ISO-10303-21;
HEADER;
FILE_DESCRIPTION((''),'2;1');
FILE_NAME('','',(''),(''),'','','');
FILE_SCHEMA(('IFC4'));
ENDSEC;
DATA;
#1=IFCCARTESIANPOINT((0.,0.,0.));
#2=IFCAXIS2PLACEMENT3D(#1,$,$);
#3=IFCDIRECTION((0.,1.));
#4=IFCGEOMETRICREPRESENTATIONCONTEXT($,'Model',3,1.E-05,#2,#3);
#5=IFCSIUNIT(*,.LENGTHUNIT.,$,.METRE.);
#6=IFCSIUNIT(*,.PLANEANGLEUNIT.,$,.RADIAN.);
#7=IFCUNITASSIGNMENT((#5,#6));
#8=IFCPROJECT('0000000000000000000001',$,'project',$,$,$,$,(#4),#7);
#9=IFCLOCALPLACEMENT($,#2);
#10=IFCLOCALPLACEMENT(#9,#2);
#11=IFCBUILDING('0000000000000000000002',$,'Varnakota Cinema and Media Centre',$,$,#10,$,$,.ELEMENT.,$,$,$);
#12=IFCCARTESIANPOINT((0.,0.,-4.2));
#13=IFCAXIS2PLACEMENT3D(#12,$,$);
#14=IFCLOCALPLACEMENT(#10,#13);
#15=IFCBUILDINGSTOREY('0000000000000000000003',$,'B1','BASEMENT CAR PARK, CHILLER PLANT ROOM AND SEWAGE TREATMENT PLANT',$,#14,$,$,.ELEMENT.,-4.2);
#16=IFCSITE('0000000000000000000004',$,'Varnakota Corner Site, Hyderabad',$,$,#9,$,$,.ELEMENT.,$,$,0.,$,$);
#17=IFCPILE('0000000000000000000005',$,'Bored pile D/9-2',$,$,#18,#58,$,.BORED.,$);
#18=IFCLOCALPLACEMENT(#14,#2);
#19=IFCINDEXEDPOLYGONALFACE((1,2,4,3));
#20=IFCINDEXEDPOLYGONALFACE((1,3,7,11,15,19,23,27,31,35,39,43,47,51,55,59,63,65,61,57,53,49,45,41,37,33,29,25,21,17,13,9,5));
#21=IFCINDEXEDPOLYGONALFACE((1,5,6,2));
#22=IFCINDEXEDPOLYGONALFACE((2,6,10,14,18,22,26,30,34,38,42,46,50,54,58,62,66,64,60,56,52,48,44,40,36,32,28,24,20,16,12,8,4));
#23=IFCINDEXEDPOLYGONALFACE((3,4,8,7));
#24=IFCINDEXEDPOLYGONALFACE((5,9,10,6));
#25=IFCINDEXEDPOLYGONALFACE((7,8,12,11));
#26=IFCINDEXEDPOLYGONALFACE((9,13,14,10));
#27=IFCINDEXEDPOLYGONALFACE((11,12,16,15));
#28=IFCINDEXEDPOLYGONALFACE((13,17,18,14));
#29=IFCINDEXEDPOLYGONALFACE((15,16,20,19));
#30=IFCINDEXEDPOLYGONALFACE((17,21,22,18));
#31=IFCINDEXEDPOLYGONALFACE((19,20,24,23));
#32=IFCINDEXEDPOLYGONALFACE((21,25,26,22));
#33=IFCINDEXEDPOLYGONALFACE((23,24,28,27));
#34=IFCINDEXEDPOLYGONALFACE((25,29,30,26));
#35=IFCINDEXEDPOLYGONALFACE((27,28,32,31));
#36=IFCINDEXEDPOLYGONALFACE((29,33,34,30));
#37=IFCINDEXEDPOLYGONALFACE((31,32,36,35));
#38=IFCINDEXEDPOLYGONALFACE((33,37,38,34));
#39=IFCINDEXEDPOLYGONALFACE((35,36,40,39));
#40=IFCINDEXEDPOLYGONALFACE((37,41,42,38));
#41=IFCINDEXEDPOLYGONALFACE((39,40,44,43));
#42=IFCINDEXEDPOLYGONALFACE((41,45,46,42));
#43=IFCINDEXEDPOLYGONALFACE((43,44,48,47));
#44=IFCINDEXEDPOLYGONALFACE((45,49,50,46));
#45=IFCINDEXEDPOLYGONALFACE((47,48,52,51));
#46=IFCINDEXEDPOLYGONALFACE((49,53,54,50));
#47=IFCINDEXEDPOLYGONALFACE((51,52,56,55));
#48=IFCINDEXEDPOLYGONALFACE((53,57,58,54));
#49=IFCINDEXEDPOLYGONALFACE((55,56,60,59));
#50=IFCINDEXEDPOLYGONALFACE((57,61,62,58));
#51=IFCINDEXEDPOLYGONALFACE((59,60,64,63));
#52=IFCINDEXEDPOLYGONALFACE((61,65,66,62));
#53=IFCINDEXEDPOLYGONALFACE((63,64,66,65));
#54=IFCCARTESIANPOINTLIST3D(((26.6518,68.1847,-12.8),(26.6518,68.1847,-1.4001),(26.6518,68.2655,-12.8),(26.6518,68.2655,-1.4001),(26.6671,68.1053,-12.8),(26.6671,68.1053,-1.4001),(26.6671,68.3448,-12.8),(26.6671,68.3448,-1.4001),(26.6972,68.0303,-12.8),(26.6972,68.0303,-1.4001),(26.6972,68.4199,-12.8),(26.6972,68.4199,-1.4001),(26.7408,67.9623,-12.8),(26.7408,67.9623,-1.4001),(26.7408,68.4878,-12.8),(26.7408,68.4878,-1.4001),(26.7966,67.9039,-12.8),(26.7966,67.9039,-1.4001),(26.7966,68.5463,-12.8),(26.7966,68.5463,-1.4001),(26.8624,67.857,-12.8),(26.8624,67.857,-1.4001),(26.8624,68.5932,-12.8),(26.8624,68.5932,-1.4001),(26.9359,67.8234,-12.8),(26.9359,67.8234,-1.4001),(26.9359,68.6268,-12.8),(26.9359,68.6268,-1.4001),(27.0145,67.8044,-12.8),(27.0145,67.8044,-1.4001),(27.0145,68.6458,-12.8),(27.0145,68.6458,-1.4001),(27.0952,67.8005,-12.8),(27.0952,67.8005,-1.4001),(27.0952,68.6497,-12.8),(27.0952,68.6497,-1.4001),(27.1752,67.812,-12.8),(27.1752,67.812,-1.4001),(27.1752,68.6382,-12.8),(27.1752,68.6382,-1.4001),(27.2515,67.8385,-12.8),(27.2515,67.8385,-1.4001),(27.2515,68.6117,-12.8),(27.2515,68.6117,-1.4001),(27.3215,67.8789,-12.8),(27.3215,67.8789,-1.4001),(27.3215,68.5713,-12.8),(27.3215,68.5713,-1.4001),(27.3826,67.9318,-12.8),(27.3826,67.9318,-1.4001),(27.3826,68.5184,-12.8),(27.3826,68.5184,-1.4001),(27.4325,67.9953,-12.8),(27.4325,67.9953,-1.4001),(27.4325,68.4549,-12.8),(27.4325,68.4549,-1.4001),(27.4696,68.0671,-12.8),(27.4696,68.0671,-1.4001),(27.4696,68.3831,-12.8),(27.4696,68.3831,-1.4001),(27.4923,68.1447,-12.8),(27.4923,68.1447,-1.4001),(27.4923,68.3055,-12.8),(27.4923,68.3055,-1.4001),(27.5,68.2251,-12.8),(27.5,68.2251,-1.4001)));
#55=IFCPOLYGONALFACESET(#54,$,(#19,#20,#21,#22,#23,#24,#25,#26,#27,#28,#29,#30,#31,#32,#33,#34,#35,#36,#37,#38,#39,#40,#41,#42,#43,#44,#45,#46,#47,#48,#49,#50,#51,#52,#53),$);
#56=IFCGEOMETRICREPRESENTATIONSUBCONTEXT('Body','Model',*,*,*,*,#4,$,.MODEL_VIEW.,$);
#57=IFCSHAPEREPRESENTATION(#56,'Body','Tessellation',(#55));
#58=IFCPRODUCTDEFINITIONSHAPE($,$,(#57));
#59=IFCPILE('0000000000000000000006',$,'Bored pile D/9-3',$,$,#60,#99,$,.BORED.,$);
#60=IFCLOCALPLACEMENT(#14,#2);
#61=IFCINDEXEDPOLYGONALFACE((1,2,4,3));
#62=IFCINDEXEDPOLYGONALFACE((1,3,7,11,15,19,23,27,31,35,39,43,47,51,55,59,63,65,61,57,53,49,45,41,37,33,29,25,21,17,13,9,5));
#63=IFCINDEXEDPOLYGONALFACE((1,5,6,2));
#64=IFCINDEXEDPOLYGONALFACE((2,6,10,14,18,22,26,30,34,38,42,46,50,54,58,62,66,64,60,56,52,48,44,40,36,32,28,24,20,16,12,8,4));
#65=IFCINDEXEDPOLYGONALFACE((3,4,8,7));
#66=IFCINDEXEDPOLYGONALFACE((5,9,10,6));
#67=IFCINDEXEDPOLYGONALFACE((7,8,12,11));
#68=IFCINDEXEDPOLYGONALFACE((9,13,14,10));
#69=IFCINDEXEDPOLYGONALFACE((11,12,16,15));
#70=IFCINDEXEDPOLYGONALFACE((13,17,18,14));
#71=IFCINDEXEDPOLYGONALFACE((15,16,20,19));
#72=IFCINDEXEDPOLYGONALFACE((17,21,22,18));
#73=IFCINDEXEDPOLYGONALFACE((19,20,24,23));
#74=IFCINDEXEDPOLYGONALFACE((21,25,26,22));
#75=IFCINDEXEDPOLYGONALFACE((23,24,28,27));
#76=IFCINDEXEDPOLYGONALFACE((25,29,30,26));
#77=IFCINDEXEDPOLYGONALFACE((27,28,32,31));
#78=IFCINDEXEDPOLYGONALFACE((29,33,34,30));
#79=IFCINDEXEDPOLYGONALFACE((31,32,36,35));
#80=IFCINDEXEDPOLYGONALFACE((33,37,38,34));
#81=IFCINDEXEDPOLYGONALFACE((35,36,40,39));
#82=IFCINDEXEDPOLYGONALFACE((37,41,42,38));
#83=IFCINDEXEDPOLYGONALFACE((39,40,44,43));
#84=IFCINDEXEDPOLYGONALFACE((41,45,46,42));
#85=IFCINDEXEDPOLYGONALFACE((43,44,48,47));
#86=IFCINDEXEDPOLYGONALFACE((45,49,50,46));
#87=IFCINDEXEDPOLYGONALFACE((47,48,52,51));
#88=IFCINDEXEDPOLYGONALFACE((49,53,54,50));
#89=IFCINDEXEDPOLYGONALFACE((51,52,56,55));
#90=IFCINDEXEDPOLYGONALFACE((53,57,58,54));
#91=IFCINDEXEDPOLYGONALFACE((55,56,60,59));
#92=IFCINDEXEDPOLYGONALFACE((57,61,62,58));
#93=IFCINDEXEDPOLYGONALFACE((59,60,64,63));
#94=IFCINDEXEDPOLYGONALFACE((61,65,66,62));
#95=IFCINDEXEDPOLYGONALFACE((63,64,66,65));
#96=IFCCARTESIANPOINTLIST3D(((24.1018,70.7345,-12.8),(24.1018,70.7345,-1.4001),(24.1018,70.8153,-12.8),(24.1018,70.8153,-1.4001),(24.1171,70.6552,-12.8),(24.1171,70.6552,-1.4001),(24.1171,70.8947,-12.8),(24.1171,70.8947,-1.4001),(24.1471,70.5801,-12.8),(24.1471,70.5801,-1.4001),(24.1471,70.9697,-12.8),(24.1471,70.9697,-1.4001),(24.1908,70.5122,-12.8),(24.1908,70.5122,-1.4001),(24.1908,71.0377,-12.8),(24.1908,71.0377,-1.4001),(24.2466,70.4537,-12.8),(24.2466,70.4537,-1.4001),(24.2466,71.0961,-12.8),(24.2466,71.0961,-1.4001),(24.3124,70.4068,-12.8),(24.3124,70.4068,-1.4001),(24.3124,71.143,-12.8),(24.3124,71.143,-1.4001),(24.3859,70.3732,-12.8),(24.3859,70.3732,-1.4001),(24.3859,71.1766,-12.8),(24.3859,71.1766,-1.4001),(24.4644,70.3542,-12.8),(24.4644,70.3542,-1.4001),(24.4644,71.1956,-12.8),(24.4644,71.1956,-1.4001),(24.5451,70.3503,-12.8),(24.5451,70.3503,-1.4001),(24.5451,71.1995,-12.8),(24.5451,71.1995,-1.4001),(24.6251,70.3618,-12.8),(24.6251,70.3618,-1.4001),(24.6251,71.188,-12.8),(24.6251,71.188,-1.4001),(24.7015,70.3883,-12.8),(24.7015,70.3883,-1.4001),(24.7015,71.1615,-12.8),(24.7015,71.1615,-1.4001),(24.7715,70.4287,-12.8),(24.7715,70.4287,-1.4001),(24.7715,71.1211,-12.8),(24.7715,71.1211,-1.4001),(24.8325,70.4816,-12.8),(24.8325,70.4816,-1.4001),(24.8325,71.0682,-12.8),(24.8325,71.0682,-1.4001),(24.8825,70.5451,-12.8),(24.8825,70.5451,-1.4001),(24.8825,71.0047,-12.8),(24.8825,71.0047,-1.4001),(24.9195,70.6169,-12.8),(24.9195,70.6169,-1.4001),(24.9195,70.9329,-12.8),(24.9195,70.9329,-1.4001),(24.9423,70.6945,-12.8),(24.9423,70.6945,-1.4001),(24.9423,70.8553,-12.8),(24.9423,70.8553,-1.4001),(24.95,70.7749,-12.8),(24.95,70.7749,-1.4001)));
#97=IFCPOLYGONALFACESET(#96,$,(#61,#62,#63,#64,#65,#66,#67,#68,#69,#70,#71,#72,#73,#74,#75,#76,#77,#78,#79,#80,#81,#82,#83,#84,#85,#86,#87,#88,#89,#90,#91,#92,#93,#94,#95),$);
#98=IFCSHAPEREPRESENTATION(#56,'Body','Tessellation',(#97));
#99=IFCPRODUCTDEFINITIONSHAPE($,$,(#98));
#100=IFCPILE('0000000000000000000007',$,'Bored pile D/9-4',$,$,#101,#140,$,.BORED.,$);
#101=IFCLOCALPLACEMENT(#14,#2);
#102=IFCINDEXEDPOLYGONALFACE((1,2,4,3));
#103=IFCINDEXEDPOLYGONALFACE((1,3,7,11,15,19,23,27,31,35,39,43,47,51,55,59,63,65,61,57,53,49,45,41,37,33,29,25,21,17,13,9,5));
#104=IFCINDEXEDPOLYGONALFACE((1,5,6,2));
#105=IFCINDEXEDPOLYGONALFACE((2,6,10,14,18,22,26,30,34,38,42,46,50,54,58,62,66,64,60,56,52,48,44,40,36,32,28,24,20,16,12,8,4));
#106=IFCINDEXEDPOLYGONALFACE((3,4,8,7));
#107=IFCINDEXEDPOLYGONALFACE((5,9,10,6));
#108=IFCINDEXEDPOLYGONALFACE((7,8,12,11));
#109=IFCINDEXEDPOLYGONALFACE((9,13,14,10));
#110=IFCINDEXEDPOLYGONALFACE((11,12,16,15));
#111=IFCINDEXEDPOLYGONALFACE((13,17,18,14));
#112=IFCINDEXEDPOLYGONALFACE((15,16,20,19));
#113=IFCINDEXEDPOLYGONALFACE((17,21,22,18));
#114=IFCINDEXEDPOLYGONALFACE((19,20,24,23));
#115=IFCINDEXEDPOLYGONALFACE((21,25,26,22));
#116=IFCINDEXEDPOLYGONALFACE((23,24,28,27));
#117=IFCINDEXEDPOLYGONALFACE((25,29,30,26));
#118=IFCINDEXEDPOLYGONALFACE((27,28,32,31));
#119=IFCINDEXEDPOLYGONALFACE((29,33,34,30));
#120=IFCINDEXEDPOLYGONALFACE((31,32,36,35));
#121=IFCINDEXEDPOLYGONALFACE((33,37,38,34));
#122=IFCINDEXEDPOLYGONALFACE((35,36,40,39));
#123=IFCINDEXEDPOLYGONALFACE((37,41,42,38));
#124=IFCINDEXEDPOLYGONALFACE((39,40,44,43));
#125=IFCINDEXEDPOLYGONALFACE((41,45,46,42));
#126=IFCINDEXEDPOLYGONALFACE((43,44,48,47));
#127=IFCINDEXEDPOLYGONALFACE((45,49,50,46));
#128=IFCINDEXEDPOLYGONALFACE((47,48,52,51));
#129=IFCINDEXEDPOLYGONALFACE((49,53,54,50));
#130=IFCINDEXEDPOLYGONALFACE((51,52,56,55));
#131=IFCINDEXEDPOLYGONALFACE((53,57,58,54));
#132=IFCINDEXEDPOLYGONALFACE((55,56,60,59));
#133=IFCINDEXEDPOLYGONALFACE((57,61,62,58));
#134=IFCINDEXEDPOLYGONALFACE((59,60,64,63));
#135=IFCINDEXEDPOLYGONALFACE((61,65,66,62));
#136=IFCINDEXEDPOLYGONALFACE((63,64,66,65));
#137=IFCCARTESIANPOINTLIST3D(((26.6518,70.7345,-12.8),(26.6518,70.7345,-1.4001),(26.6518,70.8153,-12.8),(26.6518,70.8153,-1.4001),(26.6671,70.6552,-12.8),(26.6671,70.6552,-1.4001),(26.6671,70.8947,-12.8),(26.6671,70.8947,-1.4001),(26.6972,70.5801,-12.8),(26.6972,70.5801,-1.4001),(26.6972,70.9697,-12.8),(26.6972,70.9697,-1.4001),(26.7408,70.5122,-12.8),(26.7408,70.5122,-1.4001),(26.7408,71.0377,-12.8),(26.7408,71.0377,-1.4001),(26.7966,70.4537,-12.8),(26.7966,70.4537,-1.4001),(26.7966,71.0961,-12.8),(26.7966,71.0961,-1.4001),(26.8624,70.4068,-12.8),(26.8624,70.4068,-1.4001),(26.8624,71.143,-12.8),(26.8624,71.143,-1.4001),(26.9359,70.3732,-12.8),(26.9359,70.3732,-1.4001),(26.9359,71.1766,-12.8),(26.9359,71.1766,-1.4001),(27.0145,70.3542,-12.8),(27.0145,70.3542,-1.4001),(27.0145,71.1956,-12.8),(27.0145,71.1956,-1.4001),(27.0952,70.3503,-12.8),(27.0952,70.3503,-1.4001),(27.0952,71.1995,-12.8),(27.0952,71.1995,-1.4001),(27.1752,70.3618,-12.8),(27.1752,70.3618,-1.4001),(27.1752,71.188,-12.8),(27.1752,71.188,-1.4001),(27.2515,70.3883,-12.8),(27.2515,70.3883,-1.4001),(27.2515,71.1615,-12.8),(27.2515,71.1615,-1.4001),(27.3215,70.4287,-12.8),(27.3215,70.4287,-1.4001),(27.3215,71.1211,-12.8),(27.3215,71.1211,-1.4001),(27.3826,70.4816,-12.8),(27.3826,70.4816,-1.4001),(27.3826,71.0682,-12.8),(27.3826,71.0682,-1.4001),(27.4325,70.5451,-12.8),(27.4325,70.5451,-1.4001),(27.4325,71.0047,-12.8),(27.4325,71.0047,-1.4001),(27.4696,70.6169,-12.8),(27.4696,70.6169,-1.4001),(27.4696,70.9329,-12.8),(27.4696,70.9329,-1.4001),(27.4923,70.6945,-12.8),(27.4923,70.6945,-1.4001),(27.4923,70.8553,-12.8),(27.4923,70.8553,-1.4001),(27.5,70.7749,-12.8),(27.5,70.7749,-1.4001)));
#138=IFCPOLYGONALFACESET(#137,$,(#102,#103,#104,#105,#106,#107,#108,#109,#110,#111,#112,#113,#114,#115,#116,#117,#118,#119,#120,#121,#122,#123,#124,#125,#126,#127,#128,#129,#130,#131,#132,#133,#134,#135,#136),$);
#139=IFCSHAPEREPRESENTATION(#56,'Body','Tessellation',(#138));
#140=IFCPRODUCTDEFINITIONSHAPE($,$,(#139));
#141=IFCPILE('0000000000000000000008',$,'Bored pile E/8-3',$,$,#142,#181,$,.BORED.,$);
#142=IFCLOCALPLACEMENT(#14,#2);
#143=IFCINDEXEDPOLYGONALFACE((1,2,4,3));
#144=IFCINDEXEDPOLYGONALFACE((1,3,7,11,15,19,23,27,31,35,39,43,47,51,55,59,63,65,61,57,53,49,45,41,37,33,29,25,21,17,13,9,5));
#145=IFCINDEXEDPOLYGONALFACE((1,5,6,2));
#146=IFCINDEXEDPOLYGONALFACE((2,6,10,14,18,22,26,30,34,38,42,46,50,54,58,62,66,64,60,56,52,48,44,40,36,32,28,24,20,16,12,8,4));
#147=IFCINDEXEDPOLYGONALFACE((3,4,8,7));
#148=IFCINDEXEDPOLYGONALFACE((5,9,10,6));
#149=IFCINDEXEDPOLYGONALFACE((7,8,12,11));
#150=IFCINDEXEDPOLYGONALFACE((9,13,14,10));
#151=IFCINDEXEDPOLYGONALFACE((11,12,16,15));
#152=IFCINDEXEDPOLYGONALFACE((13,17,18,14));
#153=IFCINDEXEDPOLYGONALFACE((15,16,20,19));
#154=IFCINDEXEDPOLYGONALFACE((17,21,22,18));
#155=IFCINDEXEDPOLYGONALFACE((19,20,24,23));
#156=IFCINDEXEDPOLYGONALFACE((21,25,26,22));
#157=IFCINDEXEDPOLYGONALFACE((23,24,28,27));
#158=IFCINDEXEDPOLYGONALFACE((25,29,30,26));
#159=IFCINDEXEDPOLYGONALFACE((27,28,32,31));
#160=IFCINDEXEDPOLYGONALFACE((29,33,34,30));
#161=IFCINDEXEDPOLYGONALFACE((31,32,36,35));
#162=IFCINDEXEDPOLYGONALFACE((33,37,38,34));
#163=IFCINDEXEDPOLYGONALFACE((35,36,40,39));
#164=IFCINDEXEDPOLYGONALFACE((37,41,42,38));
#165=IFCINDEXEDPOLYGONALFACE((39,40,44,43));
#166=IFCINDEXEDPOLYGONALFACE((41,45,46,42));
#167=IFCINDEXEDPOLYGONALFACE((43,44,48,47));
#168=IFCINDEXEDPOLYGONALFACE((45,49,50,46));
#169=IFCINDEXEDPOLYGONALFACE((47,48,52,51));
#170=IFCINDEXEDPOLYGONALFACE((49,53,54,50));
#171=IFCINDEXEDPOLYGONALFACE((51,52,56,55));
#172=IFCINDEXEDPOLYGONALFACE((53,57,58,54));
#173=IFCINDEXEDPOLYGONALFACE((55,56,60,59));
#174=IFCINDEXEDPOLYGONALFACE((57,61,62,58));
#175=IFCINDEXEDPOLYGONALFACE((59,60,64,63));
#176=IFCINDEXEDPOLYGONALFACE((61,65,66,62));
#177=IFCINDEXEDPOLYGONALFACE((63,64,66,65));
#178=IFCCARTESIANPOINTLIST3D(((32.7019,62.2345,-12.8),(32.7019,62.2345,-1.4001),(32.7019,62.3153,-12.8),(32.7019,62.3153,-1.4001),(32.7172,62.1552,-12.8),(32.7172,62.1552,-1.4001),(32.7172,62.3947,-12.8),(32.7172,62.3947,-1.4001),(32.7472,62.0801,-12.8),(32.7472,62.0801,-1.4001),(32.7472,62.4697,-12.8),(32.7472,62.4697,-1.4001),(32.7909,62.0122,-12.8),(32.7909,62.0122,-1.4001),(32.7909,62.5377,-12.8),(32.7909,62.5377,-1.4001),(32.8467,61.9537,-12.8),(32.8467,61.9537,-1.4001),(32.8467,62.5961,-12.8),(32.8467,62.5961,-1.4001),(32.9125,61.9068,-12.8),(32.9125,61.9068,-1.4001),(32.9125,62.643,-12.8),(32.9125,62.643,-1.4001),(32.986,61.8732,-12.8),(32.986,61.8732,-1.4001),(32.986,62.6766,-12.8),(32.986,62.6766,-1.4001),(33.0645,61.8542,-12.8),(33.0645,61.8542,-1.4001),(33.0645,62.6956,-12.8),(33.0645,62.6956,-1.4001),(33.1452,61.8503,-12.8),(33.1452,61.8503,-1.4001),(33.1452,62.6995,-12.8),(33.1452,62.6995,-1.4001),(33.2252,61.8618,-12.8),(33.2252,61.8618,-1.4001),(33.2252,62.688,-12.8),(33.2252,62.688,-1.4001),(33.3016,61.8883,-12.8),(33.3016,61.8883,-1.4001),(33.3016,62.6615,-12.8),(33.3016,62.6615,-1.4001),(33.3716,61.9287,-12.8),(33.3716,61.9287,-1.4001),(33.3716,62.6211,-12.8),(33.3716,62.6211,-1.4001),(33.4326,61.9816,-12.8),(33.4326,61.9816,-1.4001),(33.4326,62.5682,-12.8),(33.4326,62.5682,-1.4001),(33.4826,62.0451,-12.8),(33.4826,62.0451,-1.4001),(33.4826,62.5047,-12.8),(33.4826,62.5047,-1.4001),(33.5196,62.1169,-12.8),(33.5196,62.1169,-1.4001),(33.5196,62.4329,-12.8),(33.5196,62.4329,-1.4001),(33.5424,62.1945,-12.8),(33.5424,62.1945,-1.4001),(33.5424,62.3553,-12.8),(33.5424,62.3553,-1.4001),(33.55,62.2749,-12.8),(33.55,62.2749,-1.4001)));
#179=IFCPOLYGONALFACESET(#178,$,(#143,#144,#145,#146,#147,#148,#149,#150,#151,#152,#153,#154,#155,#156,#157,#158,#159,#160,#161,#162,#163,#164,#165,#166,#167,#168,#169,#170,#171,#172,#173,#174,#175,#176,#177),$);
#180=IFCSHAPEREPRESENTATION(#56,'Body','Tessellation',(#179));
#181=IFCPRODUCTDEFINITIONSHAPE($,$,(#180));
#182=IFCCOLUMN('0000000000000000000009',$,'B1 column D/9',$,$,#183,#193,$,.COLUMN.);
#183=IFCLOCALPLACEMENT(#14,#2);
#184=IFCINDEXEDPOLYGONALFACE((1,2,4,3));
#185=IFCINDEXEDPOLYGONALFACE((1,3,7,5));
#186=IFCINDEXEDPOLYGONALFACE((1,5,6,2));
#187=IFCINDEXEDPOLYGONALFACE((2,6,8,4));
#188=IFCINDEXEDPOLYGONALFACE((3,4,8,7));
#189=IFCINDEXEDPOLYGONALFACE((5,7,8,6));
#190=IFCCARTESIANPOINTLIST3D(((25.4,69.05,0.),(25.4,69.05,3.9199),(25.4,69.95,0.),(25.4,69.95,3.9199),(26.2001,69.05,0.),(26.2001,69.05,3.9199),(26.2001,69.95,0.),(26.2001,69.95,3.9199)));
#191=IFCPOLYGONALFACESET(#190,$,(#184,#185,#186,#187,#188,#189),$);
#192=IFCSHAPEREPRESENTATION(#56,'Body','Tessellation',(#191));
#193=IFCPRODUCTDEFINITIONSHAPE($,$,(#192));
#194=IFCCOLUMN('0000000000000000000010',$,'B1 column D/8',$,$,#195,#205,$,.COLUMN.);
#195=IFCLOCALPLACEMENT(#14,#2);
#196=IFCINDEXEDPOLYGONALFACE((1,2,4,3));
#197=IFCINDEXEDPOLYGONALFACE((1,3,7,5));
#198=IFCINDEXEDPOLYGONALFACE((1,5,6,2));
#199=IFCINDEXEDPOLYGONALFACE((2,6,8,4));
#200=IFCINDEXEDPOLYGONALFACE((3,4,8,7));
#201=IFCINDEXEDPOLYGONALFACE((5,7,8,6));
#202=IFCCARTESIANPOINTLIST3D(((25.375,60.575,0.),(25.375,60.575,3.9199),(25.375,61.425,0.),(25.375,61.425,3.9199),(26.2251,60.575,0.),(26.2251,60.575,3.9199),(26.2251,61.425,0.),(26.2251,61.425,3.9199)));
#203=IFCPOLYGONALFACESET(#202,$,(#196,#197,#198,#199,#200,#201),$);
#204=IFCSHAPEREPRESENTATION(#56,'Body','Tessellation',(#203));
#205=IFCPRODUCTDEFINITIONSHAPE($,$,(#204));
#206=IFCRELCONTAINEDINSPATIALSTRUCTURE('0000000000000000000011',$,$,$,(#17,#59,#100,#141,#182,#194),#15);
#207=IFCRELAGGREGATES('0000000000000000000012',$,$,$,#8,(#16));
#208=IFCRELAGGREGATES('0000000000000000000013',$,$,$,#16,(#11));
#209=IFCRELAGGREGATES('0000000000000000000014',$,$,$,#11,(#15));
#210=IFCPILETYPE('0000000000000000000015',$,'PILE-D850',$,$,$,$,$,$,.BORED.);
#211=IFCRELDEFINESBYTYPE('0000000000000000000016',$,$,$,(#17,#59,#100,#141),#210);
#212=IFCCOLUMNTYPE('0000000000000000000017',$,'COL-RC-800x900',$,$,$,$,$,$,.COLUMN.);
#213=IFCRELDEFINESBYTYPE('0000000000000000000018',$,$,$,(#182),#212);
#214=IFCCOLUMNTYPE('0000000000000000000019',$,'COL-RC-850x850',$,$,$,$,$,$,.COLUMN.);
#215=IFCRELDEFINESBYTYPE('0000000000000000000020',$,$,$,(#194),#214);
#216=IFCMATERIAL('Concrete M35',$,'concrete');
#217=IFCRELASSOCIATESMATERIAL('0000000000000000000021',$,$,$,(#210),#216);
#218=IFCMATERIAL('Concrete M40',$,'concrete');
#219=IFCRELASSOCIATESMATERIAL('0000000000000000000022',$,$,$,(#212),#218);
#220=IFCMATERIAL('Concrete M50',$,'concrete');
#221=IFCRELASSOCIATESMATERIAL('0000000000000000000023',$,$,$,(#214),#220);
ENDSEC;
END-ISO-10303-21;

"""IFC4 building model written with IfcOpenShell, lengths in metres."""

from ifc_helpers import new_model, si_unit, direction, frame, origin, origin_2d, place, context, subcontext, project, spatial, rectangle, circle, extrude, material, material_profile, profile_set, type_object, element, save


model = new_model("IFC4")

# Units and contexts
model_context = context("Model", 3, precision=1e-05, world=origin(), true_north=direction((0.0, 1.0)))
body_context = subcontext(model_context, "Body", "Model", "MODEL_VIEW")
ifc_project = project(units=[si_unit("LENGTHUNIT", "METRE"), si_unit("PLANEANGLEUNIT", "RADIAN")], contexts=[model_context])

# Site, building, storey
site_placement = place(None, origin())
site = spatial("IfcSite", under=ifc_project, at=site_placement, Name="Varnakota Corner Site, Hyderabad", CompositionType="ELEMENT", RefElevation=0.0)
building_placement = place(site_placement, origin())
building = spatial("IfcBuilding", under=site, at=building_placement, Name="Varnakota Cinema and Media Centre", CompositionType="ELEMENT")
storey_placement = place(building_placement, frame((0.0, 0.0, -4.2)))
storey = spatial("IfcBuildingStorey", under=building, at=storey_placement, Name="B1", Description="BASEMENT CAR PARK, CHILLER PLANT ROOM AND SEWAGE TREATMENT PLANT", CompositionType="ELEMENT", Elevation=-4.2)

# Piles
ifc_material_1 = material(Name="Concrete M35", Category="concrete")
ifc_material_profile_1 = material_profile(ifc_material_1, circle(Radius=0.425, at=origin_2d()), Name="PILE D850")
ifc_profile_set_1 = profile_set([ifc_material_profile_1], Name="Concrete M35")
pile_type_1 = type_object("IfcPileType", Name="PILE-D850", PredefinedType="BORED", material=ifc_profile_set_1)
for number, where, z_axis, x_axis, name in (
    (1, (27.075, 68.2251, -1.4001), (0.0, 0.0, -1.0), (1.0, 0.0, 0.0), "Bored pile D/9-2"),
    (2, (24.5249, 70.7749, -1.4001), (0.0, 0.0, -1.0), (1.0, 0.0, 0.0), "Bored pile D/9-3"),
    (3, (27.075, 70.7749, -1.4001), (0.0, 0.0, -1.0), (1.0, 0.0, 0.0), "Bored pile D/9-4"),
    (4, (33.125, 62.2749, -1.4001), (0.0, 0.0, -1.0), (1.0, 0.0, 0.0), "Bored pile E/8-3"),
):
    element("IfcPile", number, at=place(storey_placement, frame(where, z_axis=z_axis, x_axis=x_axis)), inside=storey, type_object=pile_type_1, Name=name, PredefinedType="BORED", context=body_context, shape_type="SweptSolid", body=[
        extrude(circle(Radius=0.425, at=origin_2d()), origin(), (0.0, 0.0, 1.0), 11.3999),
    ])

# Columns
ifc_material_2 = material(Name="Concrete M40", Category="concrete")
ifc_material_profile_2 = material_profile(ifc_material_2, rectangle(XDim=0.8, YDim=0.8999, at=origin_2d()), Name="RC 800x900")
ifc_profile_set_2 = profile_set([ifc_material_profile_2], Name="Concrete M40")
column_type_1 = type_object("IfcColumnType", Name="COL-RC-800x900", PredefinedType="COLUMN", material=ifc_profile_set_2)
column_placement = place(storey_placement, frame((25.8, 69.5, 0.0), z_axis=(0.0, 0.0, 1.0), x_axis=(1.0, 0.0, 0.0)))
element("IfcColumn", 5, at=column_placement, inside=storey, type_object=column_type_1, Name="B1 column D/9", PredefinedType="COLUMN", context=body_context, shape_type="SweptSolid", body=[
    extrude(rectangle(XDim=0.8, YDim=0.8999, at=origin_2d()), origin(), (0.0, 0.0, 1.0), 3.9199),
])
ifc_material_3 = material(Name="Concrete M50", Category="concrete")
ifc_material_profile_3 = material_profile(ifc_material_3, rectangle(XDim=0.8501, YDim=0.8501, at=origin_2d()), Name="RC 850x850")
ifc_profile_set_3 = profile_set([ifc_material_profile_3], Name="Concrete M50")
column_type_2 = type_object("IfcColumnType", Name="COL-RC-850x850", PredefinedType="COLUMN", material=ifc_profile_set_3)
for number, where, z_axis, x_axis, name in (
    (6, (25.8, 61.0, 0.0), (0.0, 0.0, 1.0), (1.0, 0.0, 0.0), "B1 column D/8"),
):
    element("IfcColumn", number, at=place(storey_placement, frame(where, z_axis=z_axis, x_axis=x_axis)), inside=storey, type_object=column_type_2, Name=name, PredefinedType="COLUMN", context=body_context, shape_type="SweptSolid", body=[
        extrude(rectangle(XDim=0.8501, YDim=0.8501, at=origin_2d()), origin(), (0.0, 0.0, 1.0), 3.9199),
    ])

save(model, "model.ifc")
